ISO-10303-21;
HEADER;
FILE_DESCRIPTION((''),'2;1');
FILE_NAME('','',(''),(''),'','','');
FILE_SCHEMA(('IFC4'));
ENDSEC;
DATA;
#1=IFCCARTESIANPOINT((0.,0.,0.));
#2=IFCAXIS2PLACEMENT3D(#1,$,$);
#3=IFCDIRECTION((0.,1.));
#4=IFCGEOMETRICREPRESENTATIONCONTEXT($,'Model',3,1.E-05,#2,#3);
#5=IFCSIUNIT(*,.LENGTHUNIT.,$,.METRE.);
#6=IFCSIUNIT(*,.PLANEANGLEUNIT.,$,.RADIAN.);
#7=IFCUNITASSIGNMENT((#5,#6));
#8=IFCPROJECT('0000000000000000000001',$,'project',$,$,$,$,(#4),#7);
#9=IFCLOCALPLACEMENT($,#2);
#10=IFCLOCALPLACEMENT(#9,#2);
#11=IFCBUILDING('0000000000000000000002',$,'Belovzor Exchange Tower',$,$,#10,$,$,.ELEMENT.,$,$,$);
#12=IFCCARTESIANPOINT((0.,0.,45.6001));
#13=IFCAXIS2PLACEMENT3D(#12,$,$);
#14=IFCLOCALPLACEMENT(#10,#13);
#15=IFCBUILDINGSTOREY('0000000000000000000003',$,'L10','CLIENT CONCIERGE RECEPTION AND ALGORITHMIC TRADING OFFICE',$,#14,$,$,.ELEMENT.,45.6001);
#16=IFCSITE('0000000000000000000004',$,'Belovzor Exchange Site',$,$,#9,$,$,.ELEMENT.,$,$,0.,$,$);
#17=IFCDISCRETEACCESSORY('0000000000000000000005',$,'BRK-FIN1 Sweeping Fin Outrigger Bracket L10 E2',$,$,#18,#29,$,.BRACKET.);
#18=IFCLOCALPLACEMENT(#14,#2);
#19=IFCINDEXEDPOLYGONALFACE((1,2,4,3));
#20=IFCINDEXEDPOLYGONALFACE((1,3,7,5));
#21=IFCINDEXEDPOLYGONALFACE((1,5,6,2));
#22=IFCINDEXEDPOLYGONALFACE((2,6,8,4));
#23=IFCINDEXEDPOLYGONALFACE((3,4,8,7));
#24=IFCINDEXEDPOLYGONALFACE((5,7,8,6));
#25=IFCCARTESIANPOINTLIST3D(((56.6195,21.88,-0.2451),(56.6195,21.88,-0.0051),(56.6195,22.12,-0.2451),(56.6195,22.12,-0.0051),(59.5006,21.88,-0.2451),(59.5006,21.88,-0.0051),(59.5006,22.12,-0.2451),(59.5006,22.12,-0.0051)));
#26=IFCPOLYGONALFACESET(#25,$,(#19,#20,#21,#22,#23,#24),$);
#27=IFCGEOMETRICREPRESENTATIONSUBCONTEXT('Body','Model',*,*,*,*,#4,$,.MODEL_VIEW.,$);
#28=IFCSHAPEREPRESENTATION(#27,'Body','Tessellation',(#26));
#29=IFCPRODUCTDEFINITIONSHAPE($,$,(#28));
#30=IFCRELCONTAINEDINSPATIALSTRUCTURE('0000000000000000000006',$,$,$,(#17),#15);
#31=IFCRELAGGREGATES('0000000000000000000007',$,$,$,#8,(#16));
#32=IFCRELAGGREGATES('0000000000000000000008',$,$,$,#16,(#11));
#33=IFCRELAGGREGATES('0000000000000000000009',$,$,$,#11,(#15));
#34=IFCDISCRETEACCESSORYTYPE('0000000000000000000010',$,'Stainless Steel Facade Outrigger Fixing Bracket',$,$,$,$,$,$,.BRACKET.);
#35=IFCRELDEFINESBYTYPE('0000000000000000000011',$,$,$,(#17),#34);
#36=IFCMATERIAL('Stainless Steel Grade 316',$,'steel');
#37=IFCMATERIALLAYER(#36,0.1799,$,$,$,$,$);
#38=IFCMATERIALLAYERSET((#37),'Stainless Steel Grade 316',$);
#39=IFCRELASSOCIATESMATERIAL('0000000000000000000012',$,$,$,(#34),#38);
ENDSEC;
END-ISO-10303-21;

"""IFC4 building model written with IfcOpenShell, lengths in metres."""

from ifc_helpers import new_model, si_unit, direction, frame, origin, origin_2d, place, context, subcontext, project, spatial, rectangle, extrude, material, layer, layer_set, type_object, element, save


model = new_model("IFC4")

# Units and contexts
model_context = context("Model", 3, precision=1e-05, world=origin(), true_north=direction((0.0, 1.0)))
body_context = subcontext(model_context, "Body", "Model", "MODEL_VIEW")
ifc_project = project(units=[si_unit("LENGTHUNIT", "METRE"), si_unit("PLANEANGLEUNIT", "RADIAN")], contexts=[model_context])

# Site, building, storey
site_placement = place(None, origin())
site = spatial("IfcSite", under=ifc_project, at=site_placement, Name="Belovzor Exchange Site", CompositionType="ELEMENT", RefElevation=0.0)
building_placement = place(site_placement, origin())
building = spatial("IfcBuilding", under=site, at=building_placement, Name="Belovzor Exchange Tower", CompositionType="ELEMENT")
storey_placement = place(building_placement, frame((0.0, 0.0, 45.6001)))
storey = spatial("IfcBuildingStorey", under=building, at=storey_placement, Name="L10", Description="CLIENT CONCIERGE RECEPTION AND ALGORITHMIC TRADING OFFICE", CompositionType="ELEMENT", Elevation=45.6001)

# Discrete accessory
ifc_material_1 = material(Name="Stainless Steel Grade 316", Category="steel")
ifc_layer_1 = layer(ifc_material_1, 0.1799)
ifc_layer_set_1 = layer_set([ifc_layer_1], Name="Stainless Steel Grade 316")
discrete_accessory_type = type_object("IfcDiscreteAccessoryType", Name="Stainless Steel Facade Outrigger Fixing Bracket", PredefinedType="BRACKET", material=ifc_layer_set_1)
discrete_accessory_placement = place(storey_placement, frame((58.0601, 22.0, -0.2451), z_axis=(0.0, 0.0, 1.0), x_axis=(1.0, 0.0, 0.0)))
element("IfcDiscreteAccessory", 1, at=discrete_accessory_placement, inside=storey, type_object=discrete_accessory_type, Name="BRK-FIN1 Sweeping Fin Outrigger Bracket L10 E2", PredefinedType="BRACKET", context=body_context, shape_type="SweptSolid", body=[
    extrude(rectangle(XDim=2.8811, YDim=0.24, at=origin_2d()), origin(), (0.0, 0.0, 1.0), 0.24),
])

save(model, "model.ifc")
